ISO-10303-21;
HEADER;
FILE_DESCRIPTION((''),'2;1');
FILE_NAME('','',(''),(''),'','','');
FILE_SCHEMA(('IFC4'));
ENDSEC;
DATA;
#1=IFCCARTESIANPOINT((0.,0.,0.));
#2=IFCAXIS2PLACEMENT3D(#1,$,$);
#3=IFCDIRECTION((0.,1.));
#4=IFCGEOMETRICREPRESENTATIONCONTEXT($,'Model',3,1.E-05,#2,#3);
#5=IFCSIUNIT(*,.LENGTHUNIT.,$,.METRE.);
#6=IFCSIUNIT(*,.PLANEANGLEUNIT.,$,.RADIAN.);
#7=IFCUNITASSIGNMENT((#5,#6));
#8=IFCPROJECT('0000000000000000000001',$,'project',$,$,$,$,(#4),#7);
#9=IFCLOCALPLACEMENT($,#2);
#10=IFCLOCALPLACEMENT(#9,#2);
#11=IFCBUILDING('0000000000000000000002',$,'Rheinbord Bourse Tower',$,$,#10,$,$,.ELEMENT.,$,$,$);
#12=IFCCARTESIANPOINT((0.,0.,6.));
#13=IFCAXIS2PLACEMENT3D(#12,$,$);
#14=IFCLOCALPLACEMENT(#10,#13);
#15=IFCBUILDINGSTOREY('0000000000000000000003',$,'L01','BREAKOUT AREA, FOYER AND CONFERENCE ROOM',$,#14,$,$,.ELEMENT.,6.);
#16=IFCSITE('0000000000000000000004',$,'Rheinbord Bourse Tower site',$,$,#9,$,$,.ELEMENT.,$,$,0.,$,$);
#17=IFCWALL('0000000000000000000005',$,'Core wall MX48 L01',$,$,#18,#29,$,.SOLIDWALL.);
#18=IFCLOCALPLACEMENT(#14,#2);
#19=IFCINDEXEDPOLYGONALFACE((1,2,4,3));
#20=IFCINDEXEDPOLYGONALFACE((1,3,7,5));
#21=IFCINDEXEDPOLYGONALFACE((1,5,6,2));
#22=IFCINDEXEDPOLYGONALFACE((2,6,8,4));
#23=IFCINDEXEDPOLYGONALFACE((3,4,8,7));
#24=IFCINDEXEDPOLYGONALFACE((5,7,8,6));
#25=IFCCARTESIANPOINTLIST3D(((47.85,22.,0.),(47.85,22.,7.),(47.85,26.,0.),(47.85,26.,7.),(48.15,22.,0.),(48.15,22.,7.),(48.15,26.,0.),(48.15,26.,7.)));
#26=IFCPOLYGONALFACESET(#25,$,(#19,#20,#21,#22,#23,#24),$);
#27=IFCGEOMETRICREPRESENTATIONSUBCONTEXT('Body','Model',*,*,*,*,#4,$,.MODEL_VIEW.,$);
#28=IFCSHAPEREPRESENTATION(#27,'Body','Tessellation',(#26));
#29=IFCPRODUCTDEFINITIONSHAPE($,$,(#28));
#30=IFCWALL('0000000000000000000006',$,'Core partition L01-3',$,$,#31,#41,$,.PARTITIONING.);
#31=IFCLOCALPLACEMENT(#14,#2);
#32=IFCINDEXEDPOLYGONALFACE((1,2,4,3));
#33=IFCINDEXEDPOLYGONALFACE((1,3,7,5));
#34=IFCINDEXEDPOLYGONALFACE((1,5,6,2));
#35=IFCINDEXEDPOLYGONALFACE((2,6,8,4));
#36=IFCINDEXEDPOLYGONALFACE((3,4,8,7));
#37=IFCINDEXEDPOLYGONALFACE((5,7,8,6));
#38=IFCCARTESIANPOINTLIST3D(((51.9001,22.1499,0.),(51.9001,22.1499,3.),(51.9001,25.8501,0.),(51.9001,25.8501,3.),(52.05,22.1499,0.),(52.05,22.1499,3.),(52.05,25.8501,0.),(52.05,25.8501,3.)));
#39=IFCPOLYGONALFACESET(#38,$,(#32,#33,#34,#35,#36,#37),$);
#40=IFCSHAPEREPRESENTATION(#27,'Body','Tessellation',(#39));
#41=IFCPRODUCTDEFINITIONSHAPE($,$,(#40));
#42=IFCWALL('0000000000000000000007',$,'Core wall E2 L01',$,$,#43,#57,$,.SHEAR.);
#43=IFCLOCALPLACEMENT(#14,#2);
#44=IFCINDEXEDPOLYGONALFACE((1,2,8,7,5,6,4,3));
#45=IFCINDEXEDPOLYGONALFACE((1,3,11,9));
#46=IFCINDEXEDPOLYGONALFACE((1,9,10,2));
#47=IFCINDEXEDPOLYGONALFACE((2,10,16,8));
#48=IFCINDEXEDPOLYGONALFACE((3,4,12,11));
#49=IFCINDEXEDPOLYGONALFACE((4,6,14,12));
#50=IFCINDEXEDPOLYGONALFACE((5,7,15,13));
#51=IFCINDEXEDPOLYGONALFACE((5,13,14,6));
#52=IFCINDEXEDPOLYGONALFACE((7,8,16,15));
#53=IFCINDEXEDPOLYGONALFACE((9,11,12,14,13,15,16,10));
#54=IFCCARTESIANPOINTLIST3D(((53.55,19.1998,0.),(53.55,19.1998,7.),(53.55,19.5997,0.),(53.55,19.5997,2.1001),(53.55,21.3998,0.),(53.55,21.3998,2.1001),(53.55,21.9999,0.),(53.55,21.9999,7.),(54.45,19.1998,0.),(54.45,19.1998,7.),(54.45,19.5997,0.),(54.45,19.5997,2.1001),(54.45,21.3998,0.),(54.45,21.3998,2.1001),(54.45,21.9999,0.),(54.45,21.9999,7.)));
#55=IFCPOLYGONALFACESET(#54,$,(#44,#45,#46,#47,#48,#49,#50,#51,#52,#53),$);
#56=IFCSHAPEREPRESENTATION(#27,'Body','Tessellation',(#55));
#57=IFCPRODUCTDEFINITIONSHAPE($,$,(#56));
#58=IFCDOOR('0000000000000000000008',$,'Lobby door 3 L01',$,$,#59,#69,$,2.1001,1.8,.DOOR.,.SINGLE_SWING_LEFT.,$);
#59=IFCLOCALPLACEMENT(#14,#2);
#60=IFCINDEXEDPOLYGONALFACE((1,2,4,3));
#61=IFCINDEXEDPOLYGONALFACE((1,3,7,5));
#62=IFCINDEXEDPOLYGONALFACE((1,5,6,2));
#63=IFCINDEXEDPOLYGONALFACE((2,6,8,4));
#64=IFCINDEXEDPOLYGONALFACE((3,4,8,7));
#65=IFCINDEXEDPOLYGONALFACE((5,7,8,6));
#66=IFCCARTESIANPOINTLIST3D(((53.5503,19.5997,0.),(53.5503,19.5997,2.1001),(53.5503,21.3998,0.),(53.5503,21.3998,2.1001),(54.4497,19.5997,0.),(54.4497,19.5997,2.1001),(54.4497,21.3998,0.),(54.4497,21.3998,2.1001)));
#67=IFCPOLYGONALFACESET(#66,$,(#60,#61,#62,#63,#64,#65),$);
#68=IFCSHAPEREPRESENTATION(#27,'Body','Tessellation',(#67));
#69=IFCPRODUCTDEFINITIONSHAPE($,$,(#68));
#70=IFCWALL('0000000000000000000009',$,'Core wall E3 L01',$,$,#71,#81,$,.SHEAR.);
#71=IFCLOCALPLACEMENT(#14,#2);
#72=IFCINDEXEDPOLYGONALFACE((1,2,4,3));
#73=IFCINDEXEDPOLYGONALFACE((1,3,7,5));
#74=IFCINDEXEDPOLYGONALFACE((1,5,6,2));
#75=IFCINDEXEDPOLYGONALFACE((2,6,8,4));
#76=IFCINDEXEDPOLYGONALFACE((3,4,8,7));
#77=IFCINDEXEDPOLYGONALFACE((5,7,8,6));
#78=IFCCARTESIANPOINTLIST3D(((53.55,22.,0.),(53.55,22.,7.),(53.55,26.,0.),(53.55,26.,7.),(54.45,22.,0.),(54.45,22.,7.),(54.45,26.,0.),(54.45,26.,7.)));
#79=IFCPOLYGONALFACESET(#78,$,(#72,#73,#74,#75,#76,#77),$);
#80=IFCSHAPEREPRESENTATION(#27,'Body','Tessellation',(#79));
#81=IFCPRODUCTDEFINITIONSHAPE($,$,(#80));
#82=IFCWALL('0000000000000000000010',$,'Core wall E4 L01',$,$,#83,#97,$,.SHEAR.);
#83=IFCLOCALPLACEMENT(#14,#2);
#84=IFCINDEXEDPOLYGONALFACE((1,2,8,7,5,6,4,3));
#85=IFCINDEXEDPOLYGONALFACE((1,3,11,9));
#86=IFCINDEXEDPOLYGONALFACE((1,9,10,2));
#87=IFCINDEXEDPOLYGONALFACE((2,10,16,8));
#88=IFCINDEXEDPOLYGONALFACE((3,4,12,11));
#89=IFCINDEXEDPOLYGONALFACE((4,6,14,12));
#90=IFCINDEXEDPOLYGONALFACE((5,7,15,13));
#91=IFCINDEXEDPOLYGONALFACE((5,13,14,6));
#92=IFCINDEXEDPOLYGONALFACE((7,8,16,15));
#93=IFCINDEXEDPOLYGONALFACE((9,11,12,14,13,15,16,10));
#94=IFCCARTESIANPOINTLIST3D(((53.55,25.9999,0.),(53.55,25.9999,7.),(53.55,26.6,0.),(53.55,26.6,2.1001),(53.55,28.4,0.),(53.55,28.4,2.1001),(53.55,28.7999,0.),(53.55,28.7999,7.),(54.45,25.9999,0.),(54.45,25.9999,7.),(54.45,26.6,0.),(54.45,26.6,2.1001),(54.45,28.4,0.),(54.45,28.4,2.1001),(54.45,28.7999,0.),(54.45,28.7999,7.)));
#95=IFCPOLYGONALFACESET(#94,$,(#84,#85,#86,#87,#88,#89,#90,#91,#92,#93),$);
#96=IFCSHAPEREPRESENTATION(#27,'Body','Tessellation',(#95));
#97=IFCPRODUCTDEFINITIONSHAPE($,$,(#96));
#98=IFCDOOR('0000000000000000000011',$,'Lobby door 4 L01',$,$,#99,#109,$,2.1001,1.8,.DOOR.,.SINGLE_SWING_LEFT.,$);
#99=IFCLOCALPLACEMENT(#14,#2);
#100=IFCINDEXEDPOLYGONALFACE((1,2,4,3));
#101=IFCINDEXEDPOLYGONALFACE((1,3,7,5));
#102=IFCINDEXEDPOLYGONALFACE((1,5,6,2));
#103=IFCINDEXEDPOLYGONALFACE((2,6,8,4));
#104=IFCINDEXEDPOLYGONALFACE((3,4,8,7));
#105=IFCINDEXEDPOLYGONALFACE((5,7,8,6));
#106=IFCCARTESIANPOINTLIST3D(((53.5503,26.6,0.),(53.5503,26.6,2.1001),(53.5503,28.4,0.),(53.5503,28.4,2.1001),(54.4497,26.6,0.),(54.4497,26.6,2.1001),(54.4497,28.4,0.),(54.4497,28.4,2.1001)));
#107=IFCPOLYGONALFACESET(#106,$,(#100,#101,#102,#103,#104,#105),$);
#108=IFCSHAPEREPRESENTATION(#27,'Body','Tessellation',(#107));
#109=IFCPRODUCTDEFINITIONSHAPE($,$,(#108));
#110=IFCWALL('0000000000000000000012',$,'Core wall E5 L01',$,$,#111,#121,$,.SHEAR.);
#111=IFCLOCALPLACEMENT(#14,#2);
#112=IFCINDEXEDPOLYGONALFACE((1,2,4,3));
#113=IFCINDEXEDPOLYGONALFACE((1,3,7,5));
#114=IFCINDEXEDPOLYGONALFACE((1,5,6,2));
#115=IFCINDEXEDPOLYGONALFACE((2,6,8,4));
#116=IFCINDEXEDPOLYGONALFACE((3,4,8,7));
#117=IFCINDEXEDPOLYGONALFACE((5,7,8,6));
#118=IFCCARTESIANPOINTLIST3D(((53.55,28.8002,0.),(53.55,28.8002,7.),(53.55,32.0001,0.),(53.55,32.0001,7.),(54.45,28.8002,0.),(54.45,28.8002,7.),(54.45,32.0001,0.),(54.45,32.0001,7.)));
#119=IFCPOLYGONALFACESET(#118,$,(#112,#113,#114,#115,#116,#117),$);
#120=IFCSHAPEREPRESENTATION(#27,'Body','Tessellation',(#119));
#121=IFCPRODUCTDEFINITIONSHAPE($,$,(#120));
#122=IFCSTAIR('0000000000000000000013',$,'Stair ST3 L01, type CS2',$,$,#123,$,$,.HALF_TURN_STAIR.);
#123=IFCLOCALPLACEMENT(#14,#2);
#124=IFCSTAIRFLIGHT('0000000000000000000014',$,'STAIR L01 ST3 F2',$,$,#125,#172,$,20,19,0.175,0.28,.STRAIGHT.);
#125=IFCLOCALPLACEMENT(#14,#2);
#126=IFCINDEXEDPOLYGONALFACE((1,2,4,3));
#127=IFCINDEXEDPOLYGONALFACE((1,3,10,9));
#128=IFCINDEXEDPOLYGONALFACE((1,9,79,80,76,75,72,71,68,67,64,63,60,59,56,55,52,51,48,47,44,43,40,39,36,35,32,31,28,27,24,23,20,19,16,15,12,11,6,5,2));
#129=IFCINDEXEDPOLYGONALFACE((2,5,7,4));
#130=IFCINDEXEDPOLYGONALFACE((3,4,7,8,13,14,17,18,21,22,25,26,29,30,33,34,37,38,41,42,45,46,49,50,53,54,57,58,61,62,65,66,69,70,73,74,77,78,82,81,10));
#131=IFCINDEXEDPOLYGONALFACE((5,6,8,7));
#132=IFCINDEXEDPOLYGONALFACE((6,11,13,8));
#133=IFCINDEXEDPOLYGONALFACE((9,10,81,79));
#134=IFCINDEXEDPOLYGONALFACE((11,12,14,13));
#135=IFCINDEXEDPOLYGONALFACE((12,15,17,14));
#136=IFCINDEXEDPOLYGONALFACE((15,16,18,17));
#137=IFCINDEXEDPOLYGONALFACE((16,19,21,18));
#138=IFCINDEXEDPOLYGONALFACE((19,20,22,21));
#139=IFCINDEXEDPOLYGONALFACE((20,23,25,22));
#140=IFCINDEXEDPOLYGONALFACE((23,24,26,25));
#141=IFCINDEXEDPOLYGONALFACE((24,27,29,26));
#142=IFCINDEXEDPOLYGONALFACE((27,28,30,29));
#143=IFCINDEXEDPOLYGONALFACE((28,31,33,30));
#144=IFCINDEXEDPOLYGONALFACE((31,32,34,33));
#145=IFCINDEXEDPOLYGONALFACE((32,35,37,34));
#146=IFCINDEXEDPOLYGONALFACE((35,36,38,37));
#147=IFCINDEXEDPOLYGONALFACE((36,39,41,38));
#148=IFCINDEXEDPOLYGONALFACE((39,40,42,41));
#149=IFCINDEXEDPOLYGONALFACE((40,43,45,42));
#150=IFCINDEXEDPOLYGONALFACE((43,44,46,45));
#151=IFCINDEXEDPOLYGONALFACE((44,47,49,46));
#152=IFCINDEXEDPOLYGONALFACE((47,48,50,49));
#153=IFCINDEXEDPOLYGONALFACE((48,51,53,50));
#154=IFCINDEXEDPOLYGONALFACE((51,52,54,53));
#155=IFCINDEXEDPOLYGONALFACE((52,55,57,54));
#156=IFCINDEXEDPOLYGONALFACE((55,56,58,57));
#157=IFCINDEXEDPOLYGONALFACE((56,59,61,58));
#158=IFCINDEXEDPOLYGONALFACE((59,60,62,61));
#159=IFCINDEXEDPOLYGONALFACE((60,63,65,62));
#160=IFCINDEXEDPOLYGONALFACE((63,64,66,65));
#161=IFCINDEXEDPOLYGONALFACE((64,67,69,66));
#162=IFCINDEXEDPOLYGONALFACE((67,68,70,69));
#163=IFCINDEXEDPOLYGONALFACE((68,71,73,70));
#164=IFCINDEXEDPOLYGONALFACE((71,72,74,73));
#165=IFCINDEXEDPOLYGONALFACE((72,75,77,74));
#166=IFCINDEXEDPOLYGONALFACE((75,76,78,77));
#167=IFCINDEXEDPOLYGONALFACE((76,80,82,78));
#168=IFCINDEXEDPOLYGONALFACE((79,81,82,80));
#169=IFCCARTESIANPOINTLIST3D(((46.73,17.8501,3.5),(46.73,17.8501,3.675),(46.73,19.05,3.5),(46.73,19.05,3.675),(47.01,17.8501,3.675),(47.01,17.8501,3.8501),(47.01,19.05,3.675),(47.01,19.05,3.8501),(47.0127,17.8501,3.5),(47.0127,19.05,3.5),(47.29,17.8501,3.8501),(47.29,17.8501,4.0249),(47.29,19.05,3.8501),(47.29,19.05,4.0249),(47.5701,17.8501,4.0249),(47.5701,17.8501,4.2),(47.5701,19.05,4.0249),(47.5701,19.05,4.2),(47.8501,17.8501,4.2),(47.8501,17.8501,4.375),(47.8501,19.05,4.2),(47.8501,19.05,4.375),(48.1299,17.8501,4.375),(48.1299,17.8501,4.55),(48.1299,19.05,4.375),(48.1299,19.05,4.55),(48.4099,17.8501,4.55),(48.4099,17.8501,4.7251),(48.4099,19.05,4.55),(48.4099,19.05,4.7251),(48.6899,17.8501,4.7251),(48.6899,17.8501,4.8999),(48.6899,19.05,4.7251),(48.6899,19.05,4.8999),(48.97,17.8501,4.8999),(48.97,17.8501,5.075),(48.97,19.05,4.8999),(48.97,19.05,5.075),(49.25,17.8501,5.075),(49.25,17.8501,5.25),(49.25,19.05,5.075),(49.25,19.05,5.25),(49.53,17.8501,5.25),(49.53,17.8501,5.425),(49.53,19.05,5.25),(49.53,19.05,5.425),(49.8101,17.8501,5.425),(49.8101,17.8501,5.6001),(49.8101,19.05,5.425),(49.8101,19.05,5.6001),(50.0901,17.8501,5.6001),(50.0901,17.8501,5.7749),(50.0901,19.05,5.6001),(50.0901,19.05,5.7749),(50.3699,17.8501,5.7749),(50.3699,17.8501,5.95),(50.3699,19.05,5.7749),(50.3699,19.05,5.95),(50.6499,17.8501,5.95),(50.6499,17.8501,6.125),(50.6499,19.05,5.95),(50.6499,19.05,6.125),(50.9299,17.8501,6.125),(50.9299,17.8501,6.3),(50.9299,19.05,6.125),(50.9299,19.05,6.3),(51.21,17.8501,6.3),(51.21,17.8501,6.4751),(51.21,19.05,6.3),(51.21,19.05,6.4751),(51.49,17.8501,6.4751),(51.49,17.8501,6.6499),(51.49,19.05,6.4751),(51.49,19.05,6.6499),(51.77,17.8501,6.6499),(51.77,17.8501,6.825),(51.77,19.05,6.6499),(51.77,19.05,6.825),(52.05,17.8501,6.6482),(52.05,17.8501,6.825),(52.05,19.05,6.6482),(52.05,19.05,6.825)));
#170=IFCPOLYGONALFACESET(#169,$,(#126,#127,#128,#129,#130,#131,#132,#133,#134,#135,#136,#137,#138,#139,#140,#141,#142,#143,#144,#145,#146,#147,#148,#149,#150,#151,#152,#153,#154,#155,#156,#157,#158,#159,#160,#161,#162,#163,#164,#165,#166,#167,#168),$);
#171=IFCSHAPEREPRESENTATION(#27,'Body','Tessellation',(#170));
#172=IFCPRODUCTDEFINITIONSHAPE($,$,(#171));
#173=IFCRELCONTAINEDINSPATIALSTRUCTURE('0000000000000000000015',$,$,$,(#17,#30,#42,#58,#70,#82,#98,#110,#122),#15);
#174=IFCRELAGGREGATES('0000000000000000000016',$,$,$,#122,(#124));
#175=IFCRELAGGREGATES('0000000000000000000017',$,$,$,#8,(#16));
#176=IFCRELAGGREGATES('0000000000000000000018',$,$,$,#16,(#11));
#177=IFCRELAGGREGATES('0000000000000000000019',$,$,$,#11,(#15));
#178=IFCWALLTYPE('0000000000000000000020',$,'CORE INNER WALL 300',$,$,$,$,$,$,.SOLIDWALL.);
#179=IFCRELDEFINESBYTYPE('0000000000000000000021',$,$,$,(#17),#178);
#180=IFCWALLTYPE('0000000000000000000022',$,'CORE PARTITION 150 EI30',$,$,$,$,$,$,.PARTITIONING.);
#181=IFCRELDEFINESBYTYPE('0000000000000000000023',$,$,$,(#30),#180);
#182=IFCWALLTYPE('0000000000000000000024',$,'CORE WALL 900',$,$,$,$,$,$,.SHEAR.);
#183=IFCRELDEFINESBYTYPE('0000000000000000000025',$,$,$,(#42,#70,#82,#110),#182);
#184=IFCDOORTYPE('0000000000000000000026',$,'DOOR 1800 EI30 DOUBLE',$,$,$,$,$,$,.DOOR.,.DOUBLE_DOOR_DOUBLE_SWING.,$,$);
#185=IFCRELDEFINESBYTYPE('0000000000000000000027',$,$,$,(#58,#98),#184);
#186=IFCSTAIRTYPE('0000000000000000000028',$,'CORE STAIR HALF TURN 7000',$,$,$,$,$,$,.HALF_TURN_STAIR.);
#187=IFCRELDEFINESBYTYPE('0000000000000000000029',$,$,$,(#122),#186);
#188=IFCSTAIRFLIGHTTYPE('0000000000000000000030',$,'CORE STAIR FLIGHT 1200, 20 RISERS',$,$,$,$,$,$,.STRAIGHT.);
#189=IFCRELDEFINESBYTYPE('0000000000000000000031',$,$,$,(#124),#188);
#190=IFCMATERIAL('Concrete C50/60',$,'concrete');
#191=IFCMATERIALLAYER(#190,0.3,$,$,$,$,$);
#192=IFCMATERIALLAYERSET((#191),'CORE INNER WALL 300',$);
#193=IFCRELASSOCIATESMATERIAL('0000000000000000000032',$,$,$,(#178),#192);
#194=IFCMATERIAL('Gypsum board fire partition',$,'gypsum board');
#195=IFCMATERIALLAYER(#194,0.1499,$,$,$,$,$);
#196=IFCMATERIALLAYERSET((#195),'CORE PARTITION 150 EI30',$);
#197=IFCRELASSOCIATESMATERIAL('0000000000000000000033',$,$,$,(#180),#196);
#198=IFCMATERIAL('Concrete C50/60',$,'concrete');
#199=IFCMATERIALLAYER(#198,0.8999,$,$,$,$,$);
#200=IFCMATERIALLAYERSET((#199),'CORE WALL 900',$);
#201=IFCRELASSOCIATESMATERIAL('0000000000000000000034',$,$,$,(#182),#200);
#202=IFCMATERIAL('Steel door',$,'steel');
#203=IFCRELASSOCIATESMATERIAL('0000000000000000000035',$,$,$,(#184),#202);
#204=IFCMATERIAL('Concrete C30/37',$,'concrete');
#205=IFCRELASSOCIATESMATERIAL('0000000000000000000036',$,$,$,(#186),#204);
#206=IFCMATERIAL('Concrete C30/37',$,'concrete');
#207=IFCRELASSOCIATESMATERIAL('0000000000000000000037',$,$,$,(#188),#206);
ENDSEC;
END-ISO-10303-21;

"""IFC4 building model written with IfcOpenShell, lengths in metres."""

from ifc_helpers import new_model, si_unit, direction, frame, frame_2d, origin, place, context, subcontext, project, spatial, polyline, rectangle, outline, extrude, material, layer, layer_set, type_object, element, fill, aggregate, save


model = new_model("IFC4")

# Units and contexts
model_context = context("Model", 3, precision=1e-05, world=origin(), true_north=direction((0.0, 1.0)))
body_context = subcontext(model_context, "Body", "Model", "MODEL_VIEW")
ifc_project = project(units=[si_unit("LENGTHUNIT", "METRE"), si_unit("PLANEANGLEUNIT", "RADIAN")], contexts=[model_context])

# Site, building, storey
site_placement = place(None, origin())
site = spatial("IfcSite", under=ifc_project, at=site_placement, Name="Rheinbord Bourse Tower site", CompositionType="ELEMENT", RefElevation=0.0)
building_placement = place(site_placement, origin())
building = spatial("IfcBuilding", under=site, at=building_placement, Name="Rheinbord Bourse Tower", CompositionType="ELEMENT")
storey_placement = place(building_placement, frame((0.0, 0.0, 6.0)))
storey = spatial("IfcBuildingStorey", under=building, at=storey_placement, Name="L01", Description="BREAKOUT AREA, FOYER AND CONFERENCE ROOM", CompositionType="ELEMENT", Elevation=6.0)

# Shared definitions
ifc_material_1 = material(Name="Concrete C50/60", Category="concrete")
ifc_layer_1 = layer(ifc_material_1, 0.3)
ifc_layer_set_1 = layer_set([ifc_layer_1], Name="CORE INNER WALL 300")
wall_type_1 = type_object("IfcWallType", Name="CORE INNER WALL 300", PredefinedType="SOLIDWALL", material=ifc_layer_set_1)

# Walls
wall_1_placement = place(storey_placement, frame((48.0, 22.0, 0.0), z_axis=(0.0, 0.0, 1.0), x_axis=(0.0, 1.0, 0.0)))
element("IfcWall", 1, at=wall_1_placement, inside=storey, type_object=wall_type_1, Name="Core wall MX48 L01", PredefinedType="SOLIDWALL", context=body_context, shape_type="SweptSolid", body=[
    extrude(rectangle(XDim=4.0, YDim=0.3, at=frame_2d((2.0, 0.0))), origin(), (0.0, 0.0, 1.0), 7.0),
])
ifc_material_2 = material(Name="Gypsum board fire partition", Category="gypsum board")
ifc_layer_2 = layer(ifc_material_2, 0.1499)
ifc_layer_set_2 = layer_set([ifc_layer_2], Name="CORE PARTITION 150 EI30")
wall_type_2 = type_object("IfcWallType", Name="CORE PARTITION 150 EI30", PredefinedType="PARTITIONING", material=ifc_layer_set_2)
wall_2_placement = place(storey_placement, frame((51.9751, 22.1499, 0.0), z_axis=(0.0, 0.0, 1.0), x_axis=(0.0, 1.0, 0.0)))
element("IfcWall", 2, at=wall_2_placement, inside=storey, type_object=wall_type_2, Name="Core partition L01-3", PredefinedType="PARTITIONING", context=body_context, shape_type="SweptSolid", body=[
    extrude(rectangle(XDim=3.7002, YDim=0.1499, at=frame_2d((1.8501, 0.0))), origin(), (0.0, 0.0, 1.0), 3.0),
])

# Wall, opening, door
ifc_material_3 = material(Name="Concrete C50/60", Category="concrete")
ifc_layer_3 = layer(ifc_material_3, 0.8999)
ifc_layer_set_3 = layer_set([ifc_layer_3], Name="CORE WALL 900")
wall_type_3 = type_object("IfcWallType", Name="CORE WALL 900", PredefinedType="SHEAR", material=ifc_layer_set_3)
wall_3_placement = place(storey_placement, frame((54.0, 19.2, 0.0), z_axis=(0.0, 0.0, 1.0), x_axis=(0.0, 1.0, 0.0)))
wall_3 = element("IfcWall", 3, at=wall_3_placement, inside=storey, type_object=wall_type_3, Name="Core wall E2 L01", PredefinedType="SHEAR", context=body_context, shape_type="SweptSolid", body=[
    extrude(rectangle(XDim=2.8, YDim=0.8999, at=frame_2d((1.3999, 0.0))), origin(), (0.0, 0.0, 1.0), 7.0),
])
opening_1_placement = place(wall_3_placement, frame((0.3999, 0.0, 0.0)))
opening_1 = element("IfcOpeningElement", 4, at=opening_1_placement, cuts=wall_3, PredefinedType="OPENING", context=body_context, shape_type="SweptSolid", body=[
    extrude(rectangle(XDim=1.8, YDim=2.1001, at=frame_2d((0.8999, 1.05))), frame((0.0, 0.46, 0.0), z_axis=(0.0, -1.0, 0.0), x_axis=(1.0, 0.0, 0.0)), (0.0, 0.0, 1.0), 0.9199),
])
ifc_material_4 = material(Name="Steel door", Category="steel")
door_type_1 = type_object("IfcDoorType", Name="DOOR 1800 EI30 DOUBLE", OperationType="DOUBLE_DOOR_DOUBLE_SWING", PredefinedType="DOOR", material=ifc_material_4)
door_1_placement = place(opening_1_placement, origin())
door_1 = element("IfcDoor", 5, at=door_1_placement, inside=storey, type_object=door_type_1, Name="Lobby door 3 L01", OperationType="SINGLE_SWING_LEFT", OverallHeight=2.1001, OverallWidth=1.8, PredefinedType="DOOR", context=body_context, shape_type="SweptSolid", body=[
    extrude(rectangle(XDim=1.8, YDim=2.1001, at=frame_2d((0.8999, 1.05))), frame((0.0, 0.4497, 0.0), z_axis=(0.0, -1.0, 0.0), x_axis=(1.0, 0.0, 0.0)), (0.0, 0.0, 1.0), 0.8994),
])
fill(opening_1, door_1)

# Wall
wall_4_placement = place(storey_placement, frame((54.0, 22.0, 0.0), z_axis=(0.0, 0.0, 1.0), x_axis=(0.0, 1.0, 0.0)))
element("IfcWall", 6, at=wall_4_placement, inside=storey, type_object=wall_type_3, Name="Core wall E3 L01", PredefinedType="SHEAR", context=body_context, shape_type="SweptSolid", body=[
    extrude(rectangle(XDim=4.0, YDim=0.8999, at=frame_2d((2.0, 0.0))), origin(), (0.0, 0.0, 1.0), 7.0),
])

# Wall, opening, door
wall_5_placement = place(storey_placement, frame((54.0, 26.0, 0.0), z_axis=(0.0, 0.0, 1.0), x_axis=(0.0, 1.0, 0.0)))
wall_5 = element("IfcWall", 7, at=wall_5_placement, inside=storey, type_object=wall_type_3, Name="Core wall E4 L01", PredefinedType="SHEAR", context=body_context, shape_type="SweptSolid", body=[
    extrude(rectangle(XDim=2.8, YDim=0.8999, at=frame_2d((1.3999, 0.0))), origin(), (0.0, 0.0, 1.0), 7.0),
])
opening_2_placement = place(wall_5_placement, frame((0.6001, 0.0, 0.0)))
opening_2 = element("IfcOpeningElement", 8, at=opening_2_placement, cuts=wall_5, PredefinedType="OPENING", context=body_context, shape_type="SweptSolid", body=[
    extrude(rectangle(XDim=1.8, YDim=2.1001, at=frame_2d((0.8999, 1.05))), frame((0.0, 0.46, 0.0), z_axis=(0.0, -1.0, 0.0), x_axis=(1.0, 0.0, 0.0)), (0.0, 0.0, 1.0), 0.9199),
])
door_2_placement = place(opening_2_placement, origin())
door_2 = element("IfcDoor", 9, at=door_2_placement, inside=storey, type_object=door_type_1, Name="Lobby door 4 L01", OperationType="SINGLE_SWING_LEFT", OverallHeight=2.1001, OverallWidth=1.8, PredefinedType="DOOR", context=body_context, shape_type="SweptSolid", body=[
    extrude(rectangle(XDim=1.8, YDim=2.1001, at=frame_2d((0.8999, 1.05))), frame((0.0, 0.4497, 0.0), z_axis=(0.0, -1.0, 0.0), x_axis=(1.0, 0.0, 0.0)), (0.0, 0.0, 1.0), 0.8994),
])
fill(opening_2, door_2)

# Wall
wall_6_placement = place(storey_placement, frame((54.0, 28.8, 0.0), z_axis=(0.0, 0.0, 1.0), x_axis=(0.0, 1.0, 0.0)))
element("IfcWall", 10, at=wall_6_placement, inside=storey, type_object=wall_type_3, Name="Core wall E5 L01", PredefinedType="SHEAR", context=body_context, shape_type="SweptSolid", body=[
    extrude(rectangle(XDim=3.2, YDim=0.8999, at=frame_2d((1.6001, 0.0))), origin(), (0.0, 0.0, 1.0), 7.0),
])

# Stair, stair flight
ifc_material_5 = material(Name="Concrete C30/37", Category="concrete")
stair_type = type_object("IfcStairType", Name="CORE STAIR HALF TURN 7000", PredefinedType="HALF_TURN_STAIR", material=ifc_material_5)
stair_1_placement = place(storey_placement, origin())
stair_1 = element("IfcStair", 11, at=stair_1_placement, inside=storey, type_object=stair_type, Name="Stair ST3 L01, type CS2", PredefinedType="HALF_TURN_STAIR")
ifc_material_6 = material(Name="Concrete C30/37", Category="concrete")
stair_flight_type = type_object("IfcStairFlightType", Name="CORE STAIR FLIGHT 1200, 20 RISERS", PredefinedType="STRAIGHT", material=ifc_material_6)
stair_flight_1_placement = place(storey_placement, frame((46.73, 18.45, 3.5), z_axis=(0.0, 0.0, 1.0), x_axis=(1.0, 0.0, 0.0)))
stair_flight_1 = element("IfcStairFlight", 12, at=stair_flight_1_placement, type_object=stair_flight_type, Name="STAIR L01 ST3 F2", NumberOfRisers=20, NumberOfTreads=19, PredefinedType="STRAIGHT", RiserHeight=0.175, TreadLength=0.28, context=body_context, shape_type="SweptSolid", body=[
    extrude(outline(polyline([(0.0, 0.0), (0.0, 0.175), (0.28, 0.175), (0.28, 0.3501), (0.5601, 0.3501), (0.5601, 0.5249), (0.8401, 0.5249), (0.8401, 0.7), (1.1201, 0.7), (1.1201, 0.875), (1.3999, 0.875), (1.3999, 1.05), (1.6799, 1.05), (1.6799, 1.2251), (1.96, 1.2251), (1.96, 1.3999), (2.24, 1.3999), (2.24, 1.575), (2.52, 1.575), (2.52, 1.75), (2.8, 1.75), (2.8, 1.925), (3.0801, 1.925), (3.0801, 2.1001), (3.3601, 2.1001), (3.3601, 2.2749), (3.6399, 2.2749), (3.6399, 2.45), (3.9199, 2.45), (3.9199, 2.625), (4.2, 2.625), (4.2, 2.8), (4.48, 2.8), (4.48, 2.9751), (4.76, 2.9751), (4.76, 3.1499), (5.04, 3.1499), (5.04, 3.325), (5.3201, 3.325), (5.3201, 3.5), (5.3201, 3.1482), (0.2827, 0.0), (0.0, 0.0)])), frame((0.0, 0.6001, 0.0), z_axis=(0.0, -1.0, 0.0), x_axis=(1.0, 0.0, 0.0)), (0.0, 0.0, 1.0), 1.2),
])
aggregate(stair_1, [stair_flight_1])

save(model, "model.ifc")
